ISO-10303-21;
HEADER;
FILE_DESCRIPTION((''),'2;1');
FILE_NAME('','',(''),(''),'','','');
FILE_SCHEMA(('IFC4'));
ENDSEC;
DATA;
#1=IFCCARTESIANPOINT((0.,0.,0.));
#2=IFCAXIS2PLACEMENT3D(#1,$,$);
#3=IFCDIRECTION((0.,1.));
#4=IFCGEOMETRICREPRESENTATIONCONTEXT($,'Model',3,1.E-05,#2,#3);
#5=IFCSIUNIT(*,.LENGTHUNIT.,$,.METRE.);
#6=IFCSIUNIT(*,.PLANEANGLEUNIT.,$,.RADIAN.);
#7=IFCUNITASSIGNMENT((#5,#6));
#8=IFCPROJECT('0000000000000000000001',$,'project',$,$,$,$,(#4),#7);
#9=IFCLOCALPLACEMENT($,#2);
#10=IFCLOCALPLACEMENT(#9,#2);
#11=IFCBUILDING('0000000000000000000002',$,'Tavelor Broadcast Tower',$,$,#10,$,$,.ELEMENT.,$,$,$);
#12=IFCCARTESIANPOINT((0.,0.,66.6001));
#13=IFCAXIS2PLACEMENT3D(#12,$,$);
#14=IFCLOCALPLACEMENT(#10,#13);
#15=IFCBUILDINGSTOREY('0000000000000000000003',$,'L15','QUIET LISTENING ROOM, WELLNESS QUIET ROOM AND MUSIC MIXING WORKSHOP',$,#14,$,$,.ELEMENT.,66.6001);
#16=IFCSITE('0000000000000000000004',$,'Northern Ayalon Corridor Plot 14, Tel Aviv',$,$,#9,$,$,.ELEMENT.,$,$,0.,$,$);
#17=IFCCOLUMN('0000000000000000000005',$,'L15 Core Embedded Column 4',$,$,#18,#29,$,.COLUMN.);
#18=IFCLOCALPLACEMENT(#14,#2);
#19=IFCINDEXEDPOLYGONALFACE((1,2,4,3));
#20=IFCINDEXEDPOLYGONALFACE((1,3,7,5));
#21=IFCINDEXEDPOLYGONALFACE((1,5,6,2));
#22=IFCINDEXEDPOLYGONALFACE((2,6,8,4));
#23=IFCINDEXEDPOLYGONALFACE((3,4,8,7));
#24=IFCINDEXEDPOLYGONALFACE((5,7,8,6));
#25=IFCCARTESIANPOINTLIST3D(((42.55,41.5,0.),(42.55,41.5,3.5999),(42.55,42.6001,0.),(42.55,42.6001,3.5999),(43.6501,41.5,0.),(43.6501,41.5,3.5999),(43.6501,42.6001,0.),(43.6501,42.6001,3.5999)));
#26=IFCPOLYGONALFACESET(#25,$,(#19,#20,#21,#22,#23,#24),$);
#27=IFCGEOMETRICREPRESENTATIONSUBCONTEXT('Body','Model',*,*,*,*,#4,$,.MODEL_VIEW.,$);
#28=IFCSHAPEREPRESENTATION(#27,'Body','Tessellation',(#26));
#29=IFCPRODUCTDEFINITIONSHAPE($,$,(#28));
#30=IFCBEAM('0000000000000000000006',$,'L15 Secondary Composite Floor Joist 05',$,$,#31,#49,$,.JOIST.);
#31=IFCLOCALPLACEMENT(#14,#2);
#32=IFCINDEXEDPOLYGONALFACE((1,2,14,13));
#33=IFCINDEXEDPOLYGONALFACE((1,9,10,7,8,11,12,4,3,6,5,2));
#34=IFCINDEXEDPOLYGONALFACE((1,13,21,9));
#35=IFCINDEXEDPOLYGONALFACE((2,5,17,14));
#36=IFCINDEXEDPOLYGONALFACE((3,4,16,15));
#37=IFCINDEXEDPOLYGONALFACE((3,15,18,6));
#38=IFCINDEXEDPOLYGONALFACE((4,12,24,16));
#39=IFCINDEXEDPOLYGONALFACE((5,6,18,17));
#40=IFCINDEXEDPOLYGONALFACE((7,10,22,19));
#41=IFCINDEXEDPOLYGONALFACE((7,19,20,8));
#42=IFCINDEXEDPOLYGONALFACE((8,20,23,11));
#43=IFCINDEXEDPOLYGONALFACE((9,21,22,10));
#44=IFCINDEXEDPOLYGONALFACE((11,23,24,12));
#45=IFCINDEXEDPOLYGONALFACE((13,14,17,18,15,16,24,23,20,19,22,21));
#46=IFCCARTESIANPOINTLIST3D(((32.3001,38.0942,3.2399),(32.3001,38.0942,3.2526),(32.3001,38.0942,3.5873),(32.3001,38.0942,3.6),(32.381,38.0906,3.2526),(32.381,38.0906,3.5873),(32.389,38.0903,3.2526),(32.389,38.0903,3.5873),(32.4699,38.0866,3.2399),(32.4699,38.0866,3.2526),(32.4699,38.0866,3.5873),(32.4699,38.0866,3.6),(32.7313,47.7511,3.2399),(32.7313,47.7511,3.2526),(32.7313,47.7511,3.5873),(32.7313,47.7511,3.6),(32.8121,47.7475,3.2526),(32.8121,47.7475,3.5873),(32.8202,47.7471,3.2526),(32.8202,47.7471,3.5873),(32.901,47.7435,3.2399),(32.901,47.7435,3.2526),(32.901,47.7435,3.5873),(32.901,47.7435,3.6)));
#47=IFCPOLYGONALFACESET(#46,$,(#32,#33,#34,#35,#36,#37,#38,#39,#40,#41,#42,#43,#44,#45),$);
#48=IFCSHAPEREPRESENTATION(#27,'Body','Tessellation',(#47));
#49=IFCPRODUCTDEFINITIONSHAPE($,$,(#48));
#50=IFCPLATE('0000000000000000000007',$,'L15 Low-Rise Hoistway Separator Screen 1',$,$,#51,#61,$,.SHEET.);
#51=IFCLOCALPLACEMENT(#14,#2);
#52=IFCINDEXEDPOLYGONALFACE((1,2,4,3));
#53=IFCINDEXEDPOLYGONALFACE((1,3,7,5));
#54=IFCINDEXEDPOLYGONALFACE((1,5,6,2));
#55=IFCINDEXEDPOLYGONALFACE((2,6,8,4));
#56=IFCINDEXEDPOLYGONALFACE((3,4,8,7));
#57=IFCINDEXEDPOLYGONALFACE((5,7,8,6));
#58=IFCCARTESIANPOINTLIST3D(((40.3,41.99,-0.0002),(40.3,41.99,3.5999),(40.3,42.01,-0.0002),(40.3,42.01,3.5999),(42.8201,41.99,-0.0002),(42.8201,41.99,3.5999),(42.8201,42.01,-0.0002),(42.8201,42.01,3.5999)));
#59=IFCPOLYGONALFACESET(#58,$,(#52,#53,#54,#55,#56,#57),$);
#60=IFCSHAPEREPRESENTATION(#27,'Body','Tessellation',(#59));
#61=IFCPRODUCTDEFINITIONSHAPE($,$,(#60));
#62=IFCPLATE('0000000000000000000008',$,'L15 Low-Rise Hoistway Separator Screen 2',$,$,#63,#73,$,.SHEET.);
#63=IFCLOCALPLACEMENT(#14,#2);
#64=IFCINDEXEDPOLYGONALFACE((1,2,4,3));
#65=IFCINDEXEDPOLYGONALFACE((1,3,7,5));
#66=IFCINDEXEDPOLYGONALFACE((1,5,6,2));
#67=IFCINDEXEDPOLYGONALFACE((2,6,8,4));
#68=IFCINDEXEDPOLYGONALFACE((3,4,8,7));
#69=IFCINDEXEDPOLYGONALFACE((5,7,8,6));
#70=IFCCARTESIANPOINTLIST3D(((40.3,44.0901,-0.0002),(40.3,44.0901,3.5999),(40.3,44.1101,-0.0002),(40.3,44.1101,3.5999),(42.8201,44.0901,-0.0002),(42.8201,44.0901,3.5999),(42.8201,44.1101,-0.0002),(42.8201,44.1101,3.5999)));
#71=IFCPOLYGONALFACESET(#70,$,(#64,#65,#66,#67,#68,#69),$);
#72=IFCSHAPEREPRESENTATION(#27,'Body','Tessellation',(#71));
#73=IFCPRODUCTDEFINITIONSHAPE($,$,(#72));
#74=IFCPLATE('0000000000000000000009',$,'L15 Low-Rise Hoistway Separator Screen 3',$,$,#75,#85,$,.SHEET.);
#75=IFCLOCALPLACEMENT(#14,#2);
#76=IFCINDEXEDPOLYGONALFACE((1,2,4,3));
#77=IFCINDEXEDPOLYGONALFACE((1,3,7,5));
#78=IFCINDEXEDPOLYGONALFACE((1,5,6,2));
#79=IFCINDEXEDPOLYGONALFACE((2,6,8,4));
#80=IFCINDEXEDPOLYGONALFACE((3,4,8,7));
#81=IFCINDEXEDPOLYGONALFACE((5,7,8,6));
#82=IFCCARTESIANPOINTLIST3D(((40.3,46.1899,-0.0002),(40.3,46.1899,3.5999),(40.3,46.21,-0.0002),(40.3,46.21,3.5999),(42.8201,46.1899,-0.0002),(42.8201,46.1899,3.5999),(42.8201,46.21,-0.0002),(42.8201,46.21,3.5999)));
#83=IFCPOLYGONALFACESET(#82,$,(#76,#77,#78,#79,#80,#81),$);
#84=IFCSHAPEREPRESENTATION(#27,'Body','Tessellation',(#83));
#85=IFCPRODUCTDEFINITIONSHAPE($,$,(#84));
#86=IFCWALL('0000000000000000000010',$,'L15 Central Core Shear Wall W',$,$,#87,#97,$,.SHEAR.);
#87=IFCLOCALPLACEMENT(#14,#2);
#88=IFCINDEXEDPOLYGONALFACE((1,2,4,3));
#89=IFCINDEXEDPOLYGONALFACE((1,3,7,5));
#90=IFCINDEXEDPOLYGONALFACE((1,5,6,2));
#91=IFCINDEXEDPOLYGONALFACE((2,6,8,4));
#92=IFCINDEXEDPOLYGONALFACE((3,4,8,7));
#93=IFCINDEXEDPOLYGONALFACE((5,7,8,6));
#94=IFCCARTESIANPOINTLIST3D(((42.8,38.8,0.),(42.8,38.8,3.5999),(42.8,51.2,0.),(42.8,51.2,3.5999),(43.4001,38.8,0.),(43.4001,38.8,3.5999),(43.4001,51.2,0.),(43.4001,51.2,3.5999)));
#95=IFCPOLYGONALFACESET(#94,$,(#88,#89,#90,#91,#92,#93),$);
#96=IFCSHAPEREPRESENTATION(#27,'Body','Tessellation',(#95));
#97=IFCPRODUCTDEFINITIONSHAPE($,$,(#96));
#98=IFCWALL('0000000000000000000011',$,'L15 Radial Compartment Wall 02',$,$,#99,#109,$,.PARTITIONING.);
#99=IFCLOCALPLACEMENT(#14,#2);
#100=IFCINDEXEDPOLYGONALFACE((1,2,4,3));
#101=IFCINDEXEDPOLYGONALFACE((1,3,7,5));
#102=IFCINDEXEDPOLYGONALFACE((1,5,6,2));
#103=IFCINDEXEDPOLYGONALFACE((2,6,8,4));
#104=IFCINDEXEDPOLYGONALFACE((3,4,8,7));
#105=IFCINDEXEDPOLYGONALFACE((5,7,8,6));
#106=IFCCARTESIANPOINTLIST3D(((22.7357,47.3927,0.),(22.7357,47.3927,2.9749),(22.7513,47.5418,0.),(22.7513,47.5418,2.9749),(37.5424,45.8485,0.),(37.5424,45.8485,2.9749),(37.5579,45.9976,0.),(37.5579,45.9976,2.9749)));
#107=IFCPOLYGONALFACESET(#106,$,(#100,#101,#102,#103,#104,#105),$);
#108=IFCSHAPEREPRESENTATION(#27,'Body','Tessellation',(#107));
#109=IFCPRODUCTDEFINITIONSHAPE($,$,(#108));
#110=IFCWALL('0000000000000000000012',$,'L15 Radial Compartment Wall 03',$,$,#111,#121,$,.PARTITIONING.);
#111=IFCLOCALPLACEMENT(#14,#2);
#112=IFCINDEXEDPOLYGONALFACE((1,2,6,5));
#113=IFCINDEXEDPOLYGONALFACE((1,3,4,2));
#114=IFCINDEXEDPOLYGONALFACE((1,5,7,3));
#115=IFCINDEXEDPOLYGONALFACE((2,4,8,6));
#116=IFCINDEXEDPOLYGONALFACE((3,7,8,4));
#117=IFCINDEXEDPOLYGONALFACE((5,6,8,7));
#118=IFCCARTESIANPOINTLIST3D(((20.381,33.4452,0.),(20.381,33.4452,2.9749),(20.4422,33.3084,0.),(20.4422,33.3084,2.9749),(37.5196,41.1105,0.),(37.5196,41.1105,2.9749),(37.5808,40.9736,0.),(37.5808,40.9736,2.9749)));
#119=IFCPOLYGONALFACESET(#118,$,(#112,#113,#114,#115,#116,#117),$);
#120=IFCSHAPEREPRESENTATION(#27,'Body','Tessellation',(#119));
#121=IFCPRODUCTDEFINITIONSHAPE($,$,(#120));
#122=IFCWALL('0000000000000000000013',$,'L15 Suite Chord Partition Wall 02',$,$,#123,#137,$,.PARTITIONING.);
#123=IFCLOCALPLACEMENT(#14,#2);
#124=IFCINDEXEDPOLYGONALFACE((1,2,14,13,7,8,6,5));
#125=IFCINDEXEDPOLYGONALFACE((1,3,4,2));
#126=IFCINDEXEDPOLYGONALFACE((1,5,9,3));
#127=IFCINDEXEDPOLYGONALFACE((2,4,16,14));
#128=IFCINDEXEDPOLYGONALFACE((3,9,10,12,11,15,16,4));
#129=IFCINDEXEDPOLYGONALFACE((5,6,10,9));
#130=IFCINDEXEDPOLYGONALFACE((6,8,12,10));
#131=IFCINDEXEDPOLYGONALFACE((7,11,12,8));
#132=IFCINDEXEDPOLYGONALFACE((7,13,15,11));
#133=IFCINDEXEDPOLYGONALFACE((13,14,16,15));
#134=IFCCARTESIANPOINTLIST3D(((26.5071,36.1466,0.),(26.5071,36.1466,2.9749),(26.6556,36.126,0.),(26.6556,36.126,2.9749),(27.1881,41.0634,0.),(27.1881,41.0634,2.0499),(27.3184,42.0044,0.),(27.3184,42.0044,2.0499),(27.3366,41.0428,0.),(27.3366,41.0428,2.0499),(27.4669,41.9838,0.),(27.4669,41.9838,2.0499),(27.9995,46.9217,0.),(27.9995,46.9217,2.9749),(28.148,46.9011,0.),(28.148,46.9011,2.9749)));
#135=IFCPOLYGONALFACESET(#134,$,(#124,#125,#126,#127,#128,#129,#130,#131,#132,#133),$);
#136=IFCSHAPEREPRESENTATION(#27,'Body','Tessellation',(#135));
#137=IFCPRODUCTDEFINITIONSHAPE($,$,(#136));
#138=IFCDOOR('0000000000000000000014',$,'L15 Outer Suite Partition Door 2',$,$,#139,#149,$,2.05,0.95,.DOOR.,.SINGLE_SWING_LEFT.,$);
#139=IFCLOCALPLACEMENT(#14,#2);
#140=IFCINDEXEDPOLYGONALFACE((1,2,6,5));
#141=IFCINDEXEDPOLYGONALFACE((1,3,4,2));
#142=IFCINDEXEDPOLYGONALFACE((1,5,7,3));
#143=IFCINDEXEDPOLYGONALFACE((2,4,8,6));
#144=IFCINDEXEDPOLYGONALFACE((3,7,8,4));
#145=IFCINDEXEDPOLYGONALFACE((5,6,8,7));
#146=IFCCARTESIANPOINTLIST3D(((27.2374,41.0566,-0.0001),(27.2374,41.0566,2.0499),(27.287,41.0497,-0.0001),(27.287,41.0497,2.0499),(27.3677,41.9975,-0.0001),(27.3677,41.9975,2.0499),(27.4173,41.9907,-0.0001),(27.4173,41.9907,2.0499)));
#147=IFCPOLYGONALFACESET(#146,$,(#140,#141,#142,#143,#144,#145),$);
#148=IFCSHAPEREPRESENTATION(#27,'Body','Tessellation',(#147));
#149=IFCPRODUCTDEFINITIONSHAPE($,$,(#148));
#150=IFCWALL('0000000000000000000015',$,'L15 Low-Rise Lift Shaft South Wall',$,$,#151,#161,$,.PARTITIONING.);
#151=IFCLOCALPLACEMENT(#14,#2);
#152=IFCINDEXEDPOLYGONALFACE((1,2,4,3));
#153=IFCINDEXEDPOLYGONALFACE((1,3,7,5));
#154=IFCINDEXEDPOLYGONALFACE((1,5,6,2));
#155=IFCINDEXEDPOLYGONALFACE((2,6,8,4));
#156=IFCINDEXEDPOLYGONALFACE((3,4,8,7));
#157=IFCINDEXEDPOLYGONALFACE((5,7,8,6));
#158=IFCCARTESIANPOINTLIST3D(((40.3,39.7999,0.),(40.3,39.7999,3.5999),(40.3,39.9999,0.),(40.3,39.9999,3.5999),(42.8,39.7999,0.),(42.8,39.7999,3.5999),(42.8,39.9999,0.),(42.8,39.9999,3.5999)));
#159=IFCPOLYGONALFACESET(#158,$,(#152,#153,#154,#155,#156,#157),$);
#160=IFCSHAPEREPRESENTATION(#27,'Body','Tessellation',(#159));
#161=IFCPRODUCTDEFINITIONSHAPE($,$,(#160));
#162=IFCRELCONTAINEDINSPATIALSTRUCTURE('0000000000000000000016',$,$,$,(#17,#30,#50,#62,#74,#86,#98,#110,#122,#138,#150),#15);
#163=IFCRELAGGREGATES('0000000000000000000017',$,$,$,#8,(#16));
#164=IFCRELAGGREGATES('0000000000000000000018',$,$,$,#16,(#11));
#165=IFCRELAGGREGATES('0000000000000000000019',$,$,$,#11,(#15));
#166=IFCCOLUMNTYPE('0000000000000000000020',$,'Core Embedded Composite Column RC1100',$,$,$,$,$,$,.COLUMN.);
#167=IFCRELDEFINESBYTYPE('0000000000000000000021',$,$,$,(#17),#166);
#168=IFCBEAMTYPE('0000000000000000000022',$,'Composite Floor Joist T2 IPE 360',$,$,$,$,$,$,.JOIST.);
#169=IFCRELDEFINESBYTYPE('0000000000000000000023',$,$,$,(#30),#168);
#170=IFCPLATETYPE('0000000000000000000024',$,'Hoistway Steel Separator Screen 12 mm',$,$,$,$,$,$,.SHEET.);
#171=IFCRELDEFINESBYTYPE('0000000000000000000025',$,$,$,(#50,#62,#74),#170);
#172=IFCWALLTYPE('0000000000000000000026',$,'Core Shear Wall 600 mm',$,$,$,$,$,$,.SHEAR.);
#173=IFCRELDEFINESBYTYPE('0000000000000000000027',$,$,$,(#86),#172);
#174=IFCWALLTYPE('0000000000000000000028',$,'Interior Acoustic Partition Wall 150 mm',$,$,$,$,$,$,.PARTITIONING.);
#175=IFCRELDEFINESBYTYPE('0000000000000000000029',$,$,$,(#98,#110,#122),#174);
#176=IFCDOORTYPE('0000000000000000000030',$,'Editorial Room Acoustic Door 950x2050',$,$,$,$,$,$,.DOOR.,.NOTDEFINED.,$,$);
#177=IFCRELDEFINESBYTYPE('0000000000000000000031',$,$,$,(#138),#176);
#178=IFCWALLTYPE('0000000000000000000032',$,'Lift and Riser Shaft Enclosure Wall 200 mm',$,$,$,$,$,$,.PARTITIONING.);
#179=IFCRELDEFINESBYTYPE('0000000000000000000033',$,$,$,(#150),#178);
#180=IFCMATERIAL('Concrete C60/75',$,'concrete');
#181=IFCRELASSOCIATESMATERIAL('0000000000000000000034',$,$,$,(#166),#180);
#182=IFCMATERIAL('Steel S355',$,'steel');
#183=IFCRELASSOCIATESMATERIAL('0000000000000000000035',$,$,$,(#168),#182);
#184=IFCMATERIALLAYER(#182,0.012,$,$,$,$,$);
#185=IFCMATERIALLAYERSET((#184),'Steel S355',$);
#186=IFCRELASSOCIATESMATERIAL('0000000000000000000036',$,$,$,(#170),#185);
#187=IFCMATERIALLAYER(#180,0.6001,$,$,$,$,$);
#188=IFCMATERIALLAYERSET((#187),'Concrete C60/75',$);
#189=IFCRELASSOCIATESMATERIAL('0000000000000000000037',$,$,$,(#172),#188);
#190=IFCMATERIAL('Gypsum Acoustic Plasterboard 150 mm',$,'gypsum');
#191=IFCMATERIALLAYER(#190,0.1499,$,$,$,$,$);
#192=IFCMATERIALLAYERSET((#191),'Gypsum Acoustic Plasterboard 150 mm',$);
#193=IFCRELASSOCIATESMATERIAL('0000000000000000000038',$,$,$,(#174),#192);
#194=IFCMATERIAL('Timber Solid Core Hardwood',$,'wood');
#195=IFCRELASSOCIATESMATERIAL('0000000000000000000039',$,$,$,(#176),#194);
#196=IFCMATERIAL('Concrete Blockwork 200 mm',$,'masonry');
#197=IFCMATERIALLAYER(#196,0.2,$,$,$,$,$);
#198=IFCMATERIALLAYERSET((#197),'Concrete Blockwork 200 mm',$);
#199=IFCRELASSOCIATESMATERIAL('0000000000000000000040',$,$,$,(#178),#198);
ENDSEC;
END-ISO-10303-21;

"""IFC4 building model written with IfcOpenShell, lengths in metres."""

from ifc_helpers import new_model, si_unit, direction, frame, frame_2d, origin, origin_2d, place, context, subcontext, project, spatial, rectangle, i_section, extrude, source, transform, mapped, material, layer, layer_set, material_profile, profile_set, type_object, type_shapes, element, fill, save


model = new_model("IFC4")

# Units and contexts
model_context = context("Model", 3, precision=1e-05, world=origin(), true_north=direction((0.0, 1.0)))
body_context = subcontext(model_context, "Body", "Model", "MODEL_VIEW")
ifc_project = project(units=[si_unit("LENGTHUNIT", "METRE"), si_unit("PLANEANGLEUNIT", "RADIAN")], contexts=[model_context])

# Site, building, storey
site_placement = place(None, origin())
site = spatial("IfcSite", under=ifc_project, at=site_placement, Name="Northern Ayalon Corridor Plot 14, Tel Aviv", CompositionType="ELEMENT", RefElevation=0.0)
building_placement = place(site_placement, origin())
building = spatial("IfcBuilding", under=site, at=building_placement, Name="Tavelor Broadcast Tower", CompositionType="ELEMENT")
storey_placement = place(building_placement, frame((0.0, 0.0, 66.6001)))
storey = spatial("IfcBuildingStorey", under=building, at=storey_placement, Name="L15", Description="QUIET LISTENING ROOM, WELLNESS QUIET ROOM AND MUSIC MIXING WORKSHOP", CompositionType="ELEMENT", Elevation=66.6001)

# Column
ifc_material_1 = material(Name="Concrete C60/75", Category="concrete")
ifc_material_profile_1 = material_profile(ifc_material_1, rectangle(XDim=1.1001, YDim=1.1001, at=origin_2d()), Name="RC 1100x1100")
ifc_profile_set_1 = profile_set([ifc_material_profile_1], Name="Concrete C60/75")
column_type = type_object("IfcColumnType", Name="Core Embedded Composite Column RC1100", PredefinedType="COLUMN", material=ifc_profile_set_1)
column_placement = place(storey_placement, frame((43.1001, 42.05, 0.0), z_axis=(0.0, 0.0, 1.0), x_axis=(1.0, 0.0, 0.0)))
element("IfcColumn", 1, at=column_placement, inside=storey, type_object=column_type, Name="L15 Core Embedded Column 4", PredefinedType="COLUMN", context=body_context, shape_type="SweptSolid", body=[
    extrude(rectangle(XDim=1.1001, YDim=1.1001, at=origin_2d()), origin(), (0.0, 0.0, 1.0), 3.5999),
])

# Beam
ifc_material_2 = material(Name="Steel S355", Category="steel")
ifc_material_profile_2 = material_profile(ifc_material_2, i_section(OverallWidth=0.1699, OverallDepth=0.3601, WebThickness=0.0081, FlangeThickness=0.0127, at=origin_2d()), Name="IPE 360")
ifc_profile_set_2 = profile_set([ifc_material_profile_2], Name="Steel S355")
beam_type = type_object("IfcBeamType", Name="Composite Floor Joist T2 IPE 360", PredefinedType="JOIST", material=ifc_profile_set_2)
beam_placement = place(storey_placement, frame((32.8162, 47.7473, 3.4199), z_axis=(-0.044602, -0.999005, 0.0), x_axis=(0.999005, -0.044602, 0.0)))
element("IfcBeam", 2, at=beam_placement, inside=storey, type_object=beam_type, Name="L15 Secondary Composite Floor Joist 05", PredefinedType="JOIST", context=body_context, shape_type="SweptSolid", body=[
    extrude(i_section(OverallWidth=0.1699, OverallDepth=0.3601, WebThickness=0.0081, FlangeThickness=0.0127, at=origin_2d()), origin(), (0.0, 0.0, 1.0), 9.6665),
])

# Plates
ifc_layer_1 = layer(ifc_material_2, 0.012)
ifc_layer_set_1 = layer_set([ifc_layer_1], Name="Steel S355")
plate_type = type_object("IfcPlateType", Name="Hoistway Steel Separator Screen 12 mm", PredefinedType="SHEET", material=ifc_layer_set_1)
shared_shape = source(origin(), body_context, "Body", "SweptSolid", [
    extrude(rectangle(XDim=2.52, YDim=0.02, at=origin_2d()), origin(), (0.0, 0.0, 1.0), 3.6001),
])
type_shapes(plate_type, [shared_shape])
for number, where, z_axis, x_axis, name in (
    (3, (41.5601, 42.0, -0.0002), (0.0, 0.0, 1.0), (1.0, 0.0, 0.0), "L15 Low-Rise Hoistway Separator Screen 1"),
    (4, (41.5601, 44.1001, -0.0002), (0.0, 0.0, 1.0), (1.0, 0.0, 0.0), "L15 Low-Rise Hoistway Separator Screen 2"),
    (5, (41.5601, 46.2, -0.0002), (0.0, 0.0, 1.0), (1.0, 0.0, 0.0), "L15 Low-Rise Hoistway Separator Screen 3"),
):
    element("IfcPlate", number, at=place(storey_placement, frame(where, z_axis=z_axis, x_axis=x_axis)), inside=storey, type_object=plate_type, Name=name, PredefinedType="SHEET", context=body_context, shape_type="MappedRepresentation", body=[
        mapped(shared_shape, transform((0.0, 0.0, 0.0), scale=1.0)),
    ])

# Walls
ifc_layer_2 = layer(ifc_material_1, 0.6001)
ifc_layer_set_2 = layer_set([ifc_layer_2], Name="Concrete C60/75")
wall_type_1 = type_object("IfcWallType", Name="Core Shear Wall 600 mm", PredefinedType="SHEAR", material=ifc_layer_set_2)
wall_1_placement = place(storey_placement, frame((43.1001, 38.8, 0.0), z_axis=(0.0, 0.0, 1.0), x_axis=(0.0, 1.0, 0.0)))
element("IfcWall", 6, at=wall_1_placement, inside=storey, type_object=wall_type_1, Name="L15 Central Core Shear Wall W", PredefinedType="SHEAR", context=body_context, shape_type="SweptSolid", body=[
    extrude(rectangle(XDim=12.3999, YDim=0.6001, at=frame_2d((6.2, 0.0))), origin(), (0.0, 0.0, 1.0), 3.5999),
])
ifc_material_3 = material(Name="Gypsum Acoustic Plasterboard 150 mm", Category="gypsum")
ifc_layer_3 = layer(ifc_material_3, 0.1499)
ifc_layer_set_3 = layer_set([ifc_layer_3], Name="Gypsum Acoustic Plasterboard 150 mm")
wall_type_2 = type_object("IfcWallType", Name="Interior Acoustic Partition Wall 150 mm", PredefinedType="PARTITIONING", material=ifc_layer_set_3)
wall_2_placement = place(storey_placement, frame((37.55, 45.9231, 0.0), z_axis=(0.0, 0.0, 1.0), x_axis=(-0.994606, 0.103728, 0.0)))
element("IfcWall", 7, at=wall_2_placement, inside=storey, type_object=wall_type_2, Name="L15 Radial Compartment Wall 02", PredefinedType="PARTITIONING", context=body_context, shape_type="SweptSolid", body=[
    extrude(rectangle(XDim=14.887, YDim=0.1499, at=frame_2d((7.4434, 0.0))), origin(), (0.0, 0.0, 1.0), 2.9749),
])
wall_3_placement = place(storey_placement, frame((37.55, 41.042, 0.0), z_axis=(0.0, 0.0, 1.0), x_axis=(-0.912858, -0.408277, 0.0)))
element("IfcWall", 8, at=wall_3_placement, inside=storey, type_object=wall_type_2, Name="L15 Radial Compartment Wall 03", PredefinedType="PARTITIONING", context=body_context, shape_type="SweptSolid", body=[
    extrude(rectangle(XDim=18.7747, YDim=0.1499, at=frame_2d((9.3872, 0.0))), origin(), (0.0, 0.0, 1.0), 2.9749),
])

# Wall, opening, door
wall_4_placement = place(storey_placement, frame((28.0737, 46.9114, 0.0), z_axis=(0.0, 0.0, 1.0), x_axis=(-0.137197, -0.990544, 0.0)))
wall_4 = element("IfcWall", 9, at=wall_4_placement, inside=storey, type_object=wall_type_2, Name="L15 Suite Chord Partition Wall 02", PredefinedType="PARTITIONING", context=body_context, shape_type="SweptSolid", body=[
    extrude(rectangle(XDim=10.8779, YDim=0.1499, at=frame_2d((5.439, 0.0))), origin(), (0.0, 0.0, 1.0), 2.9749),
])
opening_1_placement = place(wall_4_placement, frame((4.9641, 0.0, 0.0)))
opening_1 = element("IfcOpeningElement", 10, at=opening_1_placement, cuts=wall_4, PredefinedType="OPENING", context=body_context, shape_type="SweptSolid", body=[
    extrude(rectangle(XDim=0.95, YDim=2.05, at=frame_2d((0.4751, 1.0249))), frame((0.0, 0.085, 0.0), z_axis=(0.0, -1.0, 0.0), x_axis=(1.0, 0.0, 0.0)), (0.0, 0.0, 1.0), 0.1699),
])
ifc_material_4 = material(Name="Timber Solid Core Hardwood", Category="wood")
door_type_1 = type_object("IfcDoorType", Name="Editorial Room Acoustic Door 950x2050", OperationType="NOTDEFINED", PredefinedType="DOOR", material=ifc_material_4)
door_1_placement = place(opening_1_placement, origin())
door_1 = element("IfcDoor", 11, at=door_1_placement, inside=storey, type_object=door_type_1, Name="L15 Outer Suite Partition Door 2", OperationType="SINGLE_SWING_LEFT", OverallHeight=2.05, OverallWidth=0.95, PredefinedType="DOOR", context=body_context, shape_type="SweptSolid", body=[
    extrude(rectangle(XDim=0.95, YDim=2.05, at=frame_2d((0.4751, 1.0249))), frame((0.0, 0.0249, 0.0), z_axis=(0.0, -1.0, 0.0), x_axis=(1.0, 0.0, 0.0)), (0.0, 0.0, 1.0), 0.05),
])
fill(opening_1, door_1)

# Shared definitions
ifc_material_5 = material(Name="Concrete Blockwork 200 mm", Category="masonry")

# Wall
ifc_layer_4 = layer(ifc_material_5, 0.2)
ifc_layer_set_4 = layer_set([ifc_layer_4], Name="Concrete Blockwork 200 mm")
wall_type_3 = type_object("IfcWallType", Name="Lift and Riser Shaft Enclosure Wall 200 mm", PredefinedType="PARTITIONING", material=ifc_layer_set_4)
wall_5_placement = place(storey_placement, frame((40.3, 39.8999, 0.0), z_axis=(0.0, 0.0, 1.0), x_axis=(1.0, 0.0, 0.0)))
element("IfcWall", 12, at=wall_5_placement, inside=storey, type_object=wall_type_3, Name="L15 Low-Rise Lift Shaft South Wall", PredefinedType="PARTITIONING", context=body_context, shape_type="SweptSolid", body=[
    extrude(rectangle(XDim=2.5, YDim=0.2, at=frame_2d((1.25, 0.0))), origin(), (0.0, 0.0, 1.0), 3.5999),
])

save(model, "model.ifc")
